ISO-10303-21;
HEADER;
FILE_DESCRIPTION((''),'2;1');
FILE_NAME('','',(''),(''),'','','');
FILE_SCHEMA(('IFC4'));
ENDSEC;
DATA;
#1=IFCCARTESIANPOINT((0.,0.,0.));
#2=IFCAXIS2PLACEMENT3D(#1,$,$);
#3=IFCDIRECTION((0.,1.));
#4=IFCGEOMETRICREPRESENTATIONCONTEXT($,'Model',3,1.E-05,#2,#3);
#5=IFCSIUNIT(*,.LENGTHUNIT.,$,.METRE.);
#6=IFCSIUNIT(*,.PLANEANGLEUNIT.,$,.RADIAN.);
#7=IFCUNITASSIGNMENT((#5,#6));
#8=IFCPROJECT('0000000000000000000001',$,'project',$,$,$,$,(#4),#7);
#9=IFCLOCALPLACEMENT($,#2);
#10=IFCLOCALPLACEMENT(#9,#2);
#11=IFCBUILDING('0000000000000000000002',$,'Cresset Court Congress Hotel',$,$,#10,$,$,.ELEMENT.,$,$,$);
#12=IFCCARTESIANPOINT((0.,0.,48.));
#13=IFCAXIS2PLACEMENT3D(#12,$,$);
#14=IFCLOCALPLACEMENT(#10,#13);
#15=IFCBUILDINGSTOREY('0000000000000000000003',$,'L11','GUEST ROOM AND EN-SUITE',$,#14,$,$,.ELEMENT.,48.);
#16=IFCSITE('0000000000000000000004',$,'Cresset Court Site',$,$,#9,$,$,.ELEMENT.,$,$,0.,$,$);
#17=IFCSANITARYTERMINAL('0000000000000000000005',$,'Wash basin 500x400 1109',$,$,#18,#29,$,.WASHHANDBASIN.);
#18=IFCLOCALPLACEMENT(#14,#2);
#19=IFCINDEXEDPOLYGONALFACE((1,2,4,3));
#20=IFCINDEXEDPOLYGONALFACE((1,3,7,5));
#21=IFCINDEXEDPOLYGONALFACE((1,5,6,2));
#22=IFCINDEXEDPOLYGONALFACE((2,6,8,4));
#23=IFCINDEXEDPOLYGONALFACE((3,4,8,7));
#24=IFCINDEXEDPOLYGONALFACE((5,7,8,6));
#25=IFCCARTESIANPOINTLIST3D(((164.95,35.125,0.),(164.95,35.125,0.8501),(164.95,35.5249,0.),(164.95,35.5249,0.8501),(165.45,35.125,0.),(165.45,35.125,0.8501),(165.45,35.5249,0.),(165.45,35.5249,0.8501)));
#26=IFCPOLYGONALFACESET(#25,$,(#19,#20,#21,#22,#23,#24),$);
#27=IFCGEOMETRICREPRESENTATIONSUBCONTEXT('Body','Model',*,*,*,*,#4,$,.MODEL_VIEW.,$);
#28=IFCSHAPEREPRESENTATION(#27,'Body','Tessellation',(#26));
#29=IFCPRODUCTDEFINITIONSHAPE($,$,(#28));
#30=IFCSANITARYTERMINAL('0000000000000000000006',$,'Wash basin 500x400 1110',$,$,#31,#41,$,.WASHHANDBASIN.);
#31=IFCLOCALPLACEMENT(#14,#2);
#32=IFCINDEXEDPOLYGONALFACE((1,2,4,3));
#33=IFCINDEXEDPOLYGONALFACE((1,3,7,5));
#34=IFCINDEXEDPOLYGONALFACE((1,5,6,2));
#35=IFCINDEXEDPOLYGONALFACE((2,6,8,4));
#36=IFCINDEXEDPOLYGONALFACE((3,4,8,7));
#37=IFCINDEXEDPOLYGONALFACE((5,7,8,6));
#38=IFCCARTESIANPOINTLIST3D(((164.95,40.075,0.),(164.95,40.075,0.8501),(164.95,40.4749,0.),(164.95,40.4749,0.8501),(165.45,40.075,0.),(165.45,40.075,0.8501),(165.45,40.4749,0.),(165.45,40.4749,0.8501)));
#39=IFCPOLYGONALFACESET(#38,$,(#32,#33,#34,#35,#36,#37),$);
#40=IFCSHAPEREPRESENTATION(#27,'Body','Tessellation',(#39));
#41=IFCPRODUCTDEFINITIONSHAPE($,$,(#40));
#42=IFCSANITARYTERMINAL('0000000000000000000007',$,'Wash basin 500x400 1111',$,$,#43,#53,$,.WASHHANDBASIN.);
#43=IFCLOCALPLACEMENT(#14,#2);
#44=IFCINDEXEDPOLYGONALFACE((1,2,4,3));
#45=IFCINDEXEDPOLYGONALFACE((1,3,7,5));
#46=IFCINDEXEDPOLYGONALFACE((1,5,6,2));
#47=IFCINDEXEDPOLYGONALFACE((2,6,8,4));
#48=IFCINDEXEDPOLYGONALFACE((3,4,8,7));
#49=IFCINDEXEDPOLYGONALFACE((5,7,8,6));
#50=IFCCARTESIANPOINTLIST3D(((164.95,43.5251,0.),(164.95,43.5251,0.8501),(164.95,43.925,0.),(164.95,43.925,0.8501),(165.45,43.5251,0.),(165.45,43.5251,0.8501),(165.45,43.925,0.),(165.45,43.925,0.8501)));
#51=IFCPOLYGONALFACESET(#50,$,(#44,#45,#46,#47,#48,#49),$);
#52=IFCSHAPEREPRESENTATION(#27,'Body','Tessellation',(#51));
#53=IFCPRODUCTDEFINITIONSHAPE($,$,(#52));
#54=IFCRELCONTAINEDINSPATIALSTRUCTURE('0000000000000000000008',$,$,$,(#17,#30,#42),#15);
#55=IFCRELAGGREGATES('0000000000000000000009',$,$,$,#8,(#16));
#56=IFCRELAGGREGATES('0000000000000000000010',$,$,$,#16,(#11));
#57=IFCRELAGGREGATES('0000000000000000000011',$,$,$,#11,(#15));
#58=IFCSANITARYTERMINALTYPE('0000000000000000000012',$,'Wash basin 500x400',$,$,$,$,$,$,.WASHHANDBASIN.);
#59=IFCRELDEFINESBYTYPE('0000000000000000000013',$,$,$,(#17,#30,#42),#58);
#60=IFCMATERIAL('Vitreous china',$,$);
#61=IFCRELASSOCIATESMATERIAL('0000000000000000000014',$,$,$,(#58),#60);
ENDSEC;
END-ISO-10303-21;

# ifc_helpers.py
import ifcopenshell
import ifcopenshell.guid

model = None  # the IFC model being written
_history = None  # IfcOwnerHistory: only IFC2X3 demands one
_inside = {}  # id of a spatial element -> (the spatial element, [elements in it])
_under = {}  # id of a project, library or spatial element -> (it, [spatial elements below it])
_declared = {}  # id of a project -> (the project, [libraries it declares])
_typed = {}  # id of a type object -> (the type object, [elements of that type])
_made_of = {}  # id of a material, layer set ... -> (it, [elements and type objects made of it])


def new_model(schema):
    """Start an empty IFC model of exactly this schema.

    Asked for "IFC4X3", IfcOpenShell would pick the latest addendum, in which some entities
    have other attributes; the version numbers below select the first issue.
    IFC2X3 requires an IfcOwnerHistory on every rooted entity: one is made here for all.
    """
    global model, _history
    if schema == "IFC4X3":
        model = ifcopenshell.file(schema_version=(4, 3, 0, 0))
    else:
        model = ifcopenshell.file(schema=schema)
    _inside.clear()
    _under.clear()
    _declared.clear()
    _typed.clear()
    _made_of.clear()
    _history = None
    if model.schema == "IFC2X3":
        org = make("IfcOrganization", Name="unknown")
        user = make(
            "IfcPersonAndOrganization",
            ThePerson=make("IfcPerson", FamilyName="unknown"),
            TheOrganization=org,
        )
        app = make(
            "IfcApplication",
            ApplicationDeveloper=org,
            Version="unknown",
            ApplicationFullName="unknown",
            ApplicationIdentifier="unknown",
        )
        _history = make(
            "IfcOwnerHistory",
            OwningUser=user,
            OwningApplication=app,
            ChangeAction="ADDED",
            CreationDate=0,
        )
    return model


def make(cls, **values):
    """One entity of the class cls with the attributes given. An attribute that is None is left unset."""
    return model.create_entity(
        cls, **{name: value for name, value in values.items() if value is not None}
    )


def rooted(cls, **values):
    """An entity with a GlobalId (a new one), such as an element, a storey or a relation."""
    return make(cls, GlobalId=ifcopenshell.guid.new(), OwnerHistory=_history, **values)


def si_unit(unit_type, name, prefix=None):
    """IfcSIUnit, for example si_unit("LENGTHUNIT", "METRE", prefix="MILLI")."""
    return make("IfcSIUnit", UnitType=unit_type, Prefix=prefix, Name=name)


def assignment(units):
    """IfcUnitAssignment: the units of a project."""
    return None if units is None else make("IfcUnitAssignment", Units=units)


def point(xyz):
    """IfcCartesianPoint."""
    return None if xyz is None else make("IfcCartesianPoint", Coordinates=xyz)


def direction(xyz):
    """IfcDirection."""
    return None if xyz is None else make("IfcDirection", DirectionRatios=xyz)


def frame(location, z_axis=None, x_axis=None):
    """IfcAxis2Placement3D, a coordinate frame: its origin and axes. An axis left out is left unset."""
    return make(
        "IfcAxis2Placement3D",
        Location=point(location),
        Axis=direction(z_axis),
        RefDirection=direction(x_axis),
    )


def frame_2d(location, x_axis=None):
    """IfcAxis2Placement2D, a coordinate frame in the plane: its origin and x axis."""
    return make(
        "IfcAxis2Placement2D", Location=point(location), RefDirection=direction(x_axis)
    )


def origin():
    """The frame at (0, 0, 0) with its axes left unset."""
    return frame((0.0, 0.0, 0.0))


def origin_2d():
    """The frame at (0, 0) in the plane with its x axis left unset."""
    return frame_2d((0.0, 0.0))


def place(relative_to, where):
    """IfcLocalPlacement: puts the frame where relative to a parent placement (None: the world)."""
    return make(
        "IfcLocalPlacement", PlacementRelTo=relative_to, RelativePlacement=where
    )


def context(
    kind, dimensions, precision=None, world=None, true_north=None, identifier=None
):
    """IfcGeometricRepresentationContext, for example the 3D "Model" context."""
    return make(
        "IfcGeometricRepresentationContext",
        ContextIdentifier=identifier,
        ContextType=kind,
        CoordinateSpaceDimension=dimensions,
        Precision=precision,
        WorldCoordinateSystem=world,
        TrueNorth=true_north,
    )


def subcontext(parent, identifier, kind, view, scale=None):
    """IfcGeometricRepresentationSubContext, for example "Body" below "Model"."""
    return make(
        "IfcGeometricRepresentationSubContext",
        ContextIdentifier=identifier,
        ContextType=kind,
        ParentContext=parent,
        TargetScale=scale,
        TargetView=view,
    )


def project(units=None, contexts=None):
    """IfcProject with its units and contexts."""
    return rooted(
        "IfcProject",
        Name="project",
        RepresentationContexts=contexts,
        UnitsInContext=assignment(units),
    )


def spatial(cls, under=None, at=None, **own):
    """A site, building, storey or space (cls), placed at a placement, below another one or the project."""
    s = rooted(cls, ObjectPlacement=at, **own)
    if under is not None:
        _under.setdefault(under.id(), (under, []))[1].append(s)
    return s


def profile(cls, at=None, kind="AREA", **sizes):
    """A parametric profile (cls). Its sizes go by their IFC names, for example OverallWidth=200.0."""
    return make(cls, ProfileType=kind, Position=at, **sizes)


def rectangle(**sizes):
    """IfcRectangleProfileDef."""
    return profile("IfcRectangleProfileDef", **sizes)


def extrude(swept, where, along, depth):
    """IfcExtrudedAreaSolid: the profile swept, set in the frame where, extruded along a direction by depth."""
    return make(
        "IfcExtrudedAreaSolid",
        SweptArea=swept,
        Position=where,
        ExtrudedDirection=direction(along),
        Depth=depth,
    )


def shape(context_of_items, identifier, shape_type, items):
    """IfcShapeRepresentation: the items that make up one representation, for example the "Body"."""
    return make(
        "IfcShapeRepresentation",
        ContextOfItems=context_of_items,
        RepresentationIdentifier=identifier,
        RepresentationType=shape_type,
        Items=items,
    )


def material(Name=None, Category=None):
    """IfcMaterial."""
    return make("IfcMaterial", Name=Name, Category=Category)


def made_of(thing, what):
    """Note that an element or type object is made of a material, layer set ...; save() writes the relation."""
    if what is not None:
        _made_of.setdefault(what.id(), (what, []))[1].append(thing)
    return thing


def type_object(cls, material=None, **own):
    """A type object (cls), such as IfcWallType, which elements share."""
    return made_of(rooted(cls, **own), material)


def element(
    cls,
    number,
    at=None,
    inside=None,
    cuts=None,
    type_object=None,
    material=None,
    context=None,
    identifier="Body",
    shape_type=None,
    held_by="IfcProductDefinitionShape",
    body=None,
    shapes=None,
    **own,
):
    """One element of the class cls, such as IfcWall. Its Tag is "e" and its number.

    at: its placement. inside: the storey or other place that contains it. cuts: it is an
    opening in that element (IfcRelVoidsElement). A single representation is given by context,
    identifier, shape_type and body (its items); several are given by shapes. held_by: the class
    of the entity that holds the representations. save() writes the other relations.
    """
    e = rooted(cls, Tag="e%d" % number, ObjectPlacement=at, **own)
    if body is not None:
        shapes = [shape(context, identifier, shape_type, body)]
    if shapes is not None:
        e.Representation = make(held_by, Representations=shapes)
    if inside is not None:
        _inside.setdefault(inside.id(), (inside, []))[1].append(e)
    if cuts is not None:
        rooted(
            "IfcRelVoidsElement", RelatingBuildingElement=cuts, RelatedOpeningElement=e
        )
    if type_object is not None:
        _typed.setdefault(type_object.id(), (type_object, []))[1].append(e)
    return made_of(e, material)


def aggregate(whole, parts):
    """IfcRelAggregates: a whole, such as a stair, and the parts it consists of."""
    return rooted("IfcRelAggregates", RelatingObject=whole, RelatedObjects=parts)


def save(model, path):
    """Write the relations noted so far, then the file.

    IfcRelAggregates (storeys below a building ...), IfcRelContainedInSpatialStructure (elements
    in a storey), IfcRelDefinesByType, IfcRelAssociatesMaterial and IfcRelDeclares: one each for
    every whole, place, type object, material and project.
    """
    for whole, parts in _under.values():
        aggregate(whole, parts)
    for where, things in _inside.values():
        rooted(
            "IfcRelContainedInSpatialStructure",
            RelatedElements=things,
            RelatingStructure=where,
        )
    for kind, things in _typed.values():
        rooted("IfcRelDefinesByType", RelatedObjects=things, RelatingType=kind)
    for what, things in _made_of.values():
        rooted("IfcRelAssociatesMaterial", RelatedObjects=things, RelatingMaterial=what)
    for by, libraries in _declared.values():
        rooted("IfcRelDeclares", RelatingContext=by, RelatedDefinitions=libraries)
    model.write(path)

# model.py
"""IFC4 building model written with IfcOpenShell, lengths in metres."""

from ifc_helpers import new_model, si_unit, direction, frame, origin, origin_2d, place, context, subcontext, project, spatial, rectangle, extrude, material, type_object, element, save


model = new_model("IFC4")

# Units and contexts
model_context = context("Model", 3, precision=1e-05, world=origin(), true_north=direction((0.0, 1.0)))
body_context = subcontext(model_context, "Body", "Model", "MODEL_VIEW")
ifc_project = project(units=[si_unit("LENGTHUNIT", "METRE"), si_unit("PLANEANGLEUNIT", "RADIAN")], contexts=[model_context])

# Site, building, storey
site_placement = place(None, origin())
site = spatial("IfcSite", under=ifc_project, at=site_placement, Name="Cresset Court Site", CompositionType="ELEMENT", RefElevation=0.0)
building_placement = place(site_placement, origin())
building = spatial("IfcBuilding", under=site, at=building_placement, Name="Cresset Court Congress Hotel", CompositionType="ELEMENT")
storey_placement = place(building_placement, frame((0.0, 0.0, 48.0)))
storey = spatial("IfcBuildingStorey", under=building, at=storey_placement, Name="L11", Description="GUEST ROOM AND EN-SUITE", CompositionType="ELEMENT", Elevation=48.0)

# Sanitary terminals
ifc_material_1 = material(Name="Vitreous china")
sanitary_terminal_type_1 = type_object("IfcSanitaryTerminalType", Name="Wash basin 500x400", PredefinedType="WASHHANDBASIN", material=ifc_material_1)
for number, where, z_axis, x_axis, name in (
    (1, (165.2, 35.325, 0.0), (0.0, 0.0, 1.0), (1.0, 0.0, 0.0), "Wash basin 500x400 1109"),
    (2, (165.2, 40.2749, 0.0), (0.0, 0.0, 1.0), (1.0, 0.0, 0.0), "Wash basin 500x400 1110"),
    (3, (165.2, 43.7251, 0.0), (0.0, 0.0, 1.0), (1.0, 0.0, 0.0), "Wash basin 500x400 1111"),
):
    element("IfcSanitaryTerminal", number, at=place(storey_placement, frame(where, z_axis=z_axis, x_axis=x_axis)), inside=storey, type_object=sanitary_terminal_type_1, Name=name, PredefinedType="WASHHANDBASIN", context=body_context, shape_type="SweptSolid", body=[
        extrude(rectangle(XDim=0.5, YDim=0.3999, at=origin_2d()), origin(), (0.0, 0.0, 1.0), 0.8501),
    ])

save(model, "model.ifc")
